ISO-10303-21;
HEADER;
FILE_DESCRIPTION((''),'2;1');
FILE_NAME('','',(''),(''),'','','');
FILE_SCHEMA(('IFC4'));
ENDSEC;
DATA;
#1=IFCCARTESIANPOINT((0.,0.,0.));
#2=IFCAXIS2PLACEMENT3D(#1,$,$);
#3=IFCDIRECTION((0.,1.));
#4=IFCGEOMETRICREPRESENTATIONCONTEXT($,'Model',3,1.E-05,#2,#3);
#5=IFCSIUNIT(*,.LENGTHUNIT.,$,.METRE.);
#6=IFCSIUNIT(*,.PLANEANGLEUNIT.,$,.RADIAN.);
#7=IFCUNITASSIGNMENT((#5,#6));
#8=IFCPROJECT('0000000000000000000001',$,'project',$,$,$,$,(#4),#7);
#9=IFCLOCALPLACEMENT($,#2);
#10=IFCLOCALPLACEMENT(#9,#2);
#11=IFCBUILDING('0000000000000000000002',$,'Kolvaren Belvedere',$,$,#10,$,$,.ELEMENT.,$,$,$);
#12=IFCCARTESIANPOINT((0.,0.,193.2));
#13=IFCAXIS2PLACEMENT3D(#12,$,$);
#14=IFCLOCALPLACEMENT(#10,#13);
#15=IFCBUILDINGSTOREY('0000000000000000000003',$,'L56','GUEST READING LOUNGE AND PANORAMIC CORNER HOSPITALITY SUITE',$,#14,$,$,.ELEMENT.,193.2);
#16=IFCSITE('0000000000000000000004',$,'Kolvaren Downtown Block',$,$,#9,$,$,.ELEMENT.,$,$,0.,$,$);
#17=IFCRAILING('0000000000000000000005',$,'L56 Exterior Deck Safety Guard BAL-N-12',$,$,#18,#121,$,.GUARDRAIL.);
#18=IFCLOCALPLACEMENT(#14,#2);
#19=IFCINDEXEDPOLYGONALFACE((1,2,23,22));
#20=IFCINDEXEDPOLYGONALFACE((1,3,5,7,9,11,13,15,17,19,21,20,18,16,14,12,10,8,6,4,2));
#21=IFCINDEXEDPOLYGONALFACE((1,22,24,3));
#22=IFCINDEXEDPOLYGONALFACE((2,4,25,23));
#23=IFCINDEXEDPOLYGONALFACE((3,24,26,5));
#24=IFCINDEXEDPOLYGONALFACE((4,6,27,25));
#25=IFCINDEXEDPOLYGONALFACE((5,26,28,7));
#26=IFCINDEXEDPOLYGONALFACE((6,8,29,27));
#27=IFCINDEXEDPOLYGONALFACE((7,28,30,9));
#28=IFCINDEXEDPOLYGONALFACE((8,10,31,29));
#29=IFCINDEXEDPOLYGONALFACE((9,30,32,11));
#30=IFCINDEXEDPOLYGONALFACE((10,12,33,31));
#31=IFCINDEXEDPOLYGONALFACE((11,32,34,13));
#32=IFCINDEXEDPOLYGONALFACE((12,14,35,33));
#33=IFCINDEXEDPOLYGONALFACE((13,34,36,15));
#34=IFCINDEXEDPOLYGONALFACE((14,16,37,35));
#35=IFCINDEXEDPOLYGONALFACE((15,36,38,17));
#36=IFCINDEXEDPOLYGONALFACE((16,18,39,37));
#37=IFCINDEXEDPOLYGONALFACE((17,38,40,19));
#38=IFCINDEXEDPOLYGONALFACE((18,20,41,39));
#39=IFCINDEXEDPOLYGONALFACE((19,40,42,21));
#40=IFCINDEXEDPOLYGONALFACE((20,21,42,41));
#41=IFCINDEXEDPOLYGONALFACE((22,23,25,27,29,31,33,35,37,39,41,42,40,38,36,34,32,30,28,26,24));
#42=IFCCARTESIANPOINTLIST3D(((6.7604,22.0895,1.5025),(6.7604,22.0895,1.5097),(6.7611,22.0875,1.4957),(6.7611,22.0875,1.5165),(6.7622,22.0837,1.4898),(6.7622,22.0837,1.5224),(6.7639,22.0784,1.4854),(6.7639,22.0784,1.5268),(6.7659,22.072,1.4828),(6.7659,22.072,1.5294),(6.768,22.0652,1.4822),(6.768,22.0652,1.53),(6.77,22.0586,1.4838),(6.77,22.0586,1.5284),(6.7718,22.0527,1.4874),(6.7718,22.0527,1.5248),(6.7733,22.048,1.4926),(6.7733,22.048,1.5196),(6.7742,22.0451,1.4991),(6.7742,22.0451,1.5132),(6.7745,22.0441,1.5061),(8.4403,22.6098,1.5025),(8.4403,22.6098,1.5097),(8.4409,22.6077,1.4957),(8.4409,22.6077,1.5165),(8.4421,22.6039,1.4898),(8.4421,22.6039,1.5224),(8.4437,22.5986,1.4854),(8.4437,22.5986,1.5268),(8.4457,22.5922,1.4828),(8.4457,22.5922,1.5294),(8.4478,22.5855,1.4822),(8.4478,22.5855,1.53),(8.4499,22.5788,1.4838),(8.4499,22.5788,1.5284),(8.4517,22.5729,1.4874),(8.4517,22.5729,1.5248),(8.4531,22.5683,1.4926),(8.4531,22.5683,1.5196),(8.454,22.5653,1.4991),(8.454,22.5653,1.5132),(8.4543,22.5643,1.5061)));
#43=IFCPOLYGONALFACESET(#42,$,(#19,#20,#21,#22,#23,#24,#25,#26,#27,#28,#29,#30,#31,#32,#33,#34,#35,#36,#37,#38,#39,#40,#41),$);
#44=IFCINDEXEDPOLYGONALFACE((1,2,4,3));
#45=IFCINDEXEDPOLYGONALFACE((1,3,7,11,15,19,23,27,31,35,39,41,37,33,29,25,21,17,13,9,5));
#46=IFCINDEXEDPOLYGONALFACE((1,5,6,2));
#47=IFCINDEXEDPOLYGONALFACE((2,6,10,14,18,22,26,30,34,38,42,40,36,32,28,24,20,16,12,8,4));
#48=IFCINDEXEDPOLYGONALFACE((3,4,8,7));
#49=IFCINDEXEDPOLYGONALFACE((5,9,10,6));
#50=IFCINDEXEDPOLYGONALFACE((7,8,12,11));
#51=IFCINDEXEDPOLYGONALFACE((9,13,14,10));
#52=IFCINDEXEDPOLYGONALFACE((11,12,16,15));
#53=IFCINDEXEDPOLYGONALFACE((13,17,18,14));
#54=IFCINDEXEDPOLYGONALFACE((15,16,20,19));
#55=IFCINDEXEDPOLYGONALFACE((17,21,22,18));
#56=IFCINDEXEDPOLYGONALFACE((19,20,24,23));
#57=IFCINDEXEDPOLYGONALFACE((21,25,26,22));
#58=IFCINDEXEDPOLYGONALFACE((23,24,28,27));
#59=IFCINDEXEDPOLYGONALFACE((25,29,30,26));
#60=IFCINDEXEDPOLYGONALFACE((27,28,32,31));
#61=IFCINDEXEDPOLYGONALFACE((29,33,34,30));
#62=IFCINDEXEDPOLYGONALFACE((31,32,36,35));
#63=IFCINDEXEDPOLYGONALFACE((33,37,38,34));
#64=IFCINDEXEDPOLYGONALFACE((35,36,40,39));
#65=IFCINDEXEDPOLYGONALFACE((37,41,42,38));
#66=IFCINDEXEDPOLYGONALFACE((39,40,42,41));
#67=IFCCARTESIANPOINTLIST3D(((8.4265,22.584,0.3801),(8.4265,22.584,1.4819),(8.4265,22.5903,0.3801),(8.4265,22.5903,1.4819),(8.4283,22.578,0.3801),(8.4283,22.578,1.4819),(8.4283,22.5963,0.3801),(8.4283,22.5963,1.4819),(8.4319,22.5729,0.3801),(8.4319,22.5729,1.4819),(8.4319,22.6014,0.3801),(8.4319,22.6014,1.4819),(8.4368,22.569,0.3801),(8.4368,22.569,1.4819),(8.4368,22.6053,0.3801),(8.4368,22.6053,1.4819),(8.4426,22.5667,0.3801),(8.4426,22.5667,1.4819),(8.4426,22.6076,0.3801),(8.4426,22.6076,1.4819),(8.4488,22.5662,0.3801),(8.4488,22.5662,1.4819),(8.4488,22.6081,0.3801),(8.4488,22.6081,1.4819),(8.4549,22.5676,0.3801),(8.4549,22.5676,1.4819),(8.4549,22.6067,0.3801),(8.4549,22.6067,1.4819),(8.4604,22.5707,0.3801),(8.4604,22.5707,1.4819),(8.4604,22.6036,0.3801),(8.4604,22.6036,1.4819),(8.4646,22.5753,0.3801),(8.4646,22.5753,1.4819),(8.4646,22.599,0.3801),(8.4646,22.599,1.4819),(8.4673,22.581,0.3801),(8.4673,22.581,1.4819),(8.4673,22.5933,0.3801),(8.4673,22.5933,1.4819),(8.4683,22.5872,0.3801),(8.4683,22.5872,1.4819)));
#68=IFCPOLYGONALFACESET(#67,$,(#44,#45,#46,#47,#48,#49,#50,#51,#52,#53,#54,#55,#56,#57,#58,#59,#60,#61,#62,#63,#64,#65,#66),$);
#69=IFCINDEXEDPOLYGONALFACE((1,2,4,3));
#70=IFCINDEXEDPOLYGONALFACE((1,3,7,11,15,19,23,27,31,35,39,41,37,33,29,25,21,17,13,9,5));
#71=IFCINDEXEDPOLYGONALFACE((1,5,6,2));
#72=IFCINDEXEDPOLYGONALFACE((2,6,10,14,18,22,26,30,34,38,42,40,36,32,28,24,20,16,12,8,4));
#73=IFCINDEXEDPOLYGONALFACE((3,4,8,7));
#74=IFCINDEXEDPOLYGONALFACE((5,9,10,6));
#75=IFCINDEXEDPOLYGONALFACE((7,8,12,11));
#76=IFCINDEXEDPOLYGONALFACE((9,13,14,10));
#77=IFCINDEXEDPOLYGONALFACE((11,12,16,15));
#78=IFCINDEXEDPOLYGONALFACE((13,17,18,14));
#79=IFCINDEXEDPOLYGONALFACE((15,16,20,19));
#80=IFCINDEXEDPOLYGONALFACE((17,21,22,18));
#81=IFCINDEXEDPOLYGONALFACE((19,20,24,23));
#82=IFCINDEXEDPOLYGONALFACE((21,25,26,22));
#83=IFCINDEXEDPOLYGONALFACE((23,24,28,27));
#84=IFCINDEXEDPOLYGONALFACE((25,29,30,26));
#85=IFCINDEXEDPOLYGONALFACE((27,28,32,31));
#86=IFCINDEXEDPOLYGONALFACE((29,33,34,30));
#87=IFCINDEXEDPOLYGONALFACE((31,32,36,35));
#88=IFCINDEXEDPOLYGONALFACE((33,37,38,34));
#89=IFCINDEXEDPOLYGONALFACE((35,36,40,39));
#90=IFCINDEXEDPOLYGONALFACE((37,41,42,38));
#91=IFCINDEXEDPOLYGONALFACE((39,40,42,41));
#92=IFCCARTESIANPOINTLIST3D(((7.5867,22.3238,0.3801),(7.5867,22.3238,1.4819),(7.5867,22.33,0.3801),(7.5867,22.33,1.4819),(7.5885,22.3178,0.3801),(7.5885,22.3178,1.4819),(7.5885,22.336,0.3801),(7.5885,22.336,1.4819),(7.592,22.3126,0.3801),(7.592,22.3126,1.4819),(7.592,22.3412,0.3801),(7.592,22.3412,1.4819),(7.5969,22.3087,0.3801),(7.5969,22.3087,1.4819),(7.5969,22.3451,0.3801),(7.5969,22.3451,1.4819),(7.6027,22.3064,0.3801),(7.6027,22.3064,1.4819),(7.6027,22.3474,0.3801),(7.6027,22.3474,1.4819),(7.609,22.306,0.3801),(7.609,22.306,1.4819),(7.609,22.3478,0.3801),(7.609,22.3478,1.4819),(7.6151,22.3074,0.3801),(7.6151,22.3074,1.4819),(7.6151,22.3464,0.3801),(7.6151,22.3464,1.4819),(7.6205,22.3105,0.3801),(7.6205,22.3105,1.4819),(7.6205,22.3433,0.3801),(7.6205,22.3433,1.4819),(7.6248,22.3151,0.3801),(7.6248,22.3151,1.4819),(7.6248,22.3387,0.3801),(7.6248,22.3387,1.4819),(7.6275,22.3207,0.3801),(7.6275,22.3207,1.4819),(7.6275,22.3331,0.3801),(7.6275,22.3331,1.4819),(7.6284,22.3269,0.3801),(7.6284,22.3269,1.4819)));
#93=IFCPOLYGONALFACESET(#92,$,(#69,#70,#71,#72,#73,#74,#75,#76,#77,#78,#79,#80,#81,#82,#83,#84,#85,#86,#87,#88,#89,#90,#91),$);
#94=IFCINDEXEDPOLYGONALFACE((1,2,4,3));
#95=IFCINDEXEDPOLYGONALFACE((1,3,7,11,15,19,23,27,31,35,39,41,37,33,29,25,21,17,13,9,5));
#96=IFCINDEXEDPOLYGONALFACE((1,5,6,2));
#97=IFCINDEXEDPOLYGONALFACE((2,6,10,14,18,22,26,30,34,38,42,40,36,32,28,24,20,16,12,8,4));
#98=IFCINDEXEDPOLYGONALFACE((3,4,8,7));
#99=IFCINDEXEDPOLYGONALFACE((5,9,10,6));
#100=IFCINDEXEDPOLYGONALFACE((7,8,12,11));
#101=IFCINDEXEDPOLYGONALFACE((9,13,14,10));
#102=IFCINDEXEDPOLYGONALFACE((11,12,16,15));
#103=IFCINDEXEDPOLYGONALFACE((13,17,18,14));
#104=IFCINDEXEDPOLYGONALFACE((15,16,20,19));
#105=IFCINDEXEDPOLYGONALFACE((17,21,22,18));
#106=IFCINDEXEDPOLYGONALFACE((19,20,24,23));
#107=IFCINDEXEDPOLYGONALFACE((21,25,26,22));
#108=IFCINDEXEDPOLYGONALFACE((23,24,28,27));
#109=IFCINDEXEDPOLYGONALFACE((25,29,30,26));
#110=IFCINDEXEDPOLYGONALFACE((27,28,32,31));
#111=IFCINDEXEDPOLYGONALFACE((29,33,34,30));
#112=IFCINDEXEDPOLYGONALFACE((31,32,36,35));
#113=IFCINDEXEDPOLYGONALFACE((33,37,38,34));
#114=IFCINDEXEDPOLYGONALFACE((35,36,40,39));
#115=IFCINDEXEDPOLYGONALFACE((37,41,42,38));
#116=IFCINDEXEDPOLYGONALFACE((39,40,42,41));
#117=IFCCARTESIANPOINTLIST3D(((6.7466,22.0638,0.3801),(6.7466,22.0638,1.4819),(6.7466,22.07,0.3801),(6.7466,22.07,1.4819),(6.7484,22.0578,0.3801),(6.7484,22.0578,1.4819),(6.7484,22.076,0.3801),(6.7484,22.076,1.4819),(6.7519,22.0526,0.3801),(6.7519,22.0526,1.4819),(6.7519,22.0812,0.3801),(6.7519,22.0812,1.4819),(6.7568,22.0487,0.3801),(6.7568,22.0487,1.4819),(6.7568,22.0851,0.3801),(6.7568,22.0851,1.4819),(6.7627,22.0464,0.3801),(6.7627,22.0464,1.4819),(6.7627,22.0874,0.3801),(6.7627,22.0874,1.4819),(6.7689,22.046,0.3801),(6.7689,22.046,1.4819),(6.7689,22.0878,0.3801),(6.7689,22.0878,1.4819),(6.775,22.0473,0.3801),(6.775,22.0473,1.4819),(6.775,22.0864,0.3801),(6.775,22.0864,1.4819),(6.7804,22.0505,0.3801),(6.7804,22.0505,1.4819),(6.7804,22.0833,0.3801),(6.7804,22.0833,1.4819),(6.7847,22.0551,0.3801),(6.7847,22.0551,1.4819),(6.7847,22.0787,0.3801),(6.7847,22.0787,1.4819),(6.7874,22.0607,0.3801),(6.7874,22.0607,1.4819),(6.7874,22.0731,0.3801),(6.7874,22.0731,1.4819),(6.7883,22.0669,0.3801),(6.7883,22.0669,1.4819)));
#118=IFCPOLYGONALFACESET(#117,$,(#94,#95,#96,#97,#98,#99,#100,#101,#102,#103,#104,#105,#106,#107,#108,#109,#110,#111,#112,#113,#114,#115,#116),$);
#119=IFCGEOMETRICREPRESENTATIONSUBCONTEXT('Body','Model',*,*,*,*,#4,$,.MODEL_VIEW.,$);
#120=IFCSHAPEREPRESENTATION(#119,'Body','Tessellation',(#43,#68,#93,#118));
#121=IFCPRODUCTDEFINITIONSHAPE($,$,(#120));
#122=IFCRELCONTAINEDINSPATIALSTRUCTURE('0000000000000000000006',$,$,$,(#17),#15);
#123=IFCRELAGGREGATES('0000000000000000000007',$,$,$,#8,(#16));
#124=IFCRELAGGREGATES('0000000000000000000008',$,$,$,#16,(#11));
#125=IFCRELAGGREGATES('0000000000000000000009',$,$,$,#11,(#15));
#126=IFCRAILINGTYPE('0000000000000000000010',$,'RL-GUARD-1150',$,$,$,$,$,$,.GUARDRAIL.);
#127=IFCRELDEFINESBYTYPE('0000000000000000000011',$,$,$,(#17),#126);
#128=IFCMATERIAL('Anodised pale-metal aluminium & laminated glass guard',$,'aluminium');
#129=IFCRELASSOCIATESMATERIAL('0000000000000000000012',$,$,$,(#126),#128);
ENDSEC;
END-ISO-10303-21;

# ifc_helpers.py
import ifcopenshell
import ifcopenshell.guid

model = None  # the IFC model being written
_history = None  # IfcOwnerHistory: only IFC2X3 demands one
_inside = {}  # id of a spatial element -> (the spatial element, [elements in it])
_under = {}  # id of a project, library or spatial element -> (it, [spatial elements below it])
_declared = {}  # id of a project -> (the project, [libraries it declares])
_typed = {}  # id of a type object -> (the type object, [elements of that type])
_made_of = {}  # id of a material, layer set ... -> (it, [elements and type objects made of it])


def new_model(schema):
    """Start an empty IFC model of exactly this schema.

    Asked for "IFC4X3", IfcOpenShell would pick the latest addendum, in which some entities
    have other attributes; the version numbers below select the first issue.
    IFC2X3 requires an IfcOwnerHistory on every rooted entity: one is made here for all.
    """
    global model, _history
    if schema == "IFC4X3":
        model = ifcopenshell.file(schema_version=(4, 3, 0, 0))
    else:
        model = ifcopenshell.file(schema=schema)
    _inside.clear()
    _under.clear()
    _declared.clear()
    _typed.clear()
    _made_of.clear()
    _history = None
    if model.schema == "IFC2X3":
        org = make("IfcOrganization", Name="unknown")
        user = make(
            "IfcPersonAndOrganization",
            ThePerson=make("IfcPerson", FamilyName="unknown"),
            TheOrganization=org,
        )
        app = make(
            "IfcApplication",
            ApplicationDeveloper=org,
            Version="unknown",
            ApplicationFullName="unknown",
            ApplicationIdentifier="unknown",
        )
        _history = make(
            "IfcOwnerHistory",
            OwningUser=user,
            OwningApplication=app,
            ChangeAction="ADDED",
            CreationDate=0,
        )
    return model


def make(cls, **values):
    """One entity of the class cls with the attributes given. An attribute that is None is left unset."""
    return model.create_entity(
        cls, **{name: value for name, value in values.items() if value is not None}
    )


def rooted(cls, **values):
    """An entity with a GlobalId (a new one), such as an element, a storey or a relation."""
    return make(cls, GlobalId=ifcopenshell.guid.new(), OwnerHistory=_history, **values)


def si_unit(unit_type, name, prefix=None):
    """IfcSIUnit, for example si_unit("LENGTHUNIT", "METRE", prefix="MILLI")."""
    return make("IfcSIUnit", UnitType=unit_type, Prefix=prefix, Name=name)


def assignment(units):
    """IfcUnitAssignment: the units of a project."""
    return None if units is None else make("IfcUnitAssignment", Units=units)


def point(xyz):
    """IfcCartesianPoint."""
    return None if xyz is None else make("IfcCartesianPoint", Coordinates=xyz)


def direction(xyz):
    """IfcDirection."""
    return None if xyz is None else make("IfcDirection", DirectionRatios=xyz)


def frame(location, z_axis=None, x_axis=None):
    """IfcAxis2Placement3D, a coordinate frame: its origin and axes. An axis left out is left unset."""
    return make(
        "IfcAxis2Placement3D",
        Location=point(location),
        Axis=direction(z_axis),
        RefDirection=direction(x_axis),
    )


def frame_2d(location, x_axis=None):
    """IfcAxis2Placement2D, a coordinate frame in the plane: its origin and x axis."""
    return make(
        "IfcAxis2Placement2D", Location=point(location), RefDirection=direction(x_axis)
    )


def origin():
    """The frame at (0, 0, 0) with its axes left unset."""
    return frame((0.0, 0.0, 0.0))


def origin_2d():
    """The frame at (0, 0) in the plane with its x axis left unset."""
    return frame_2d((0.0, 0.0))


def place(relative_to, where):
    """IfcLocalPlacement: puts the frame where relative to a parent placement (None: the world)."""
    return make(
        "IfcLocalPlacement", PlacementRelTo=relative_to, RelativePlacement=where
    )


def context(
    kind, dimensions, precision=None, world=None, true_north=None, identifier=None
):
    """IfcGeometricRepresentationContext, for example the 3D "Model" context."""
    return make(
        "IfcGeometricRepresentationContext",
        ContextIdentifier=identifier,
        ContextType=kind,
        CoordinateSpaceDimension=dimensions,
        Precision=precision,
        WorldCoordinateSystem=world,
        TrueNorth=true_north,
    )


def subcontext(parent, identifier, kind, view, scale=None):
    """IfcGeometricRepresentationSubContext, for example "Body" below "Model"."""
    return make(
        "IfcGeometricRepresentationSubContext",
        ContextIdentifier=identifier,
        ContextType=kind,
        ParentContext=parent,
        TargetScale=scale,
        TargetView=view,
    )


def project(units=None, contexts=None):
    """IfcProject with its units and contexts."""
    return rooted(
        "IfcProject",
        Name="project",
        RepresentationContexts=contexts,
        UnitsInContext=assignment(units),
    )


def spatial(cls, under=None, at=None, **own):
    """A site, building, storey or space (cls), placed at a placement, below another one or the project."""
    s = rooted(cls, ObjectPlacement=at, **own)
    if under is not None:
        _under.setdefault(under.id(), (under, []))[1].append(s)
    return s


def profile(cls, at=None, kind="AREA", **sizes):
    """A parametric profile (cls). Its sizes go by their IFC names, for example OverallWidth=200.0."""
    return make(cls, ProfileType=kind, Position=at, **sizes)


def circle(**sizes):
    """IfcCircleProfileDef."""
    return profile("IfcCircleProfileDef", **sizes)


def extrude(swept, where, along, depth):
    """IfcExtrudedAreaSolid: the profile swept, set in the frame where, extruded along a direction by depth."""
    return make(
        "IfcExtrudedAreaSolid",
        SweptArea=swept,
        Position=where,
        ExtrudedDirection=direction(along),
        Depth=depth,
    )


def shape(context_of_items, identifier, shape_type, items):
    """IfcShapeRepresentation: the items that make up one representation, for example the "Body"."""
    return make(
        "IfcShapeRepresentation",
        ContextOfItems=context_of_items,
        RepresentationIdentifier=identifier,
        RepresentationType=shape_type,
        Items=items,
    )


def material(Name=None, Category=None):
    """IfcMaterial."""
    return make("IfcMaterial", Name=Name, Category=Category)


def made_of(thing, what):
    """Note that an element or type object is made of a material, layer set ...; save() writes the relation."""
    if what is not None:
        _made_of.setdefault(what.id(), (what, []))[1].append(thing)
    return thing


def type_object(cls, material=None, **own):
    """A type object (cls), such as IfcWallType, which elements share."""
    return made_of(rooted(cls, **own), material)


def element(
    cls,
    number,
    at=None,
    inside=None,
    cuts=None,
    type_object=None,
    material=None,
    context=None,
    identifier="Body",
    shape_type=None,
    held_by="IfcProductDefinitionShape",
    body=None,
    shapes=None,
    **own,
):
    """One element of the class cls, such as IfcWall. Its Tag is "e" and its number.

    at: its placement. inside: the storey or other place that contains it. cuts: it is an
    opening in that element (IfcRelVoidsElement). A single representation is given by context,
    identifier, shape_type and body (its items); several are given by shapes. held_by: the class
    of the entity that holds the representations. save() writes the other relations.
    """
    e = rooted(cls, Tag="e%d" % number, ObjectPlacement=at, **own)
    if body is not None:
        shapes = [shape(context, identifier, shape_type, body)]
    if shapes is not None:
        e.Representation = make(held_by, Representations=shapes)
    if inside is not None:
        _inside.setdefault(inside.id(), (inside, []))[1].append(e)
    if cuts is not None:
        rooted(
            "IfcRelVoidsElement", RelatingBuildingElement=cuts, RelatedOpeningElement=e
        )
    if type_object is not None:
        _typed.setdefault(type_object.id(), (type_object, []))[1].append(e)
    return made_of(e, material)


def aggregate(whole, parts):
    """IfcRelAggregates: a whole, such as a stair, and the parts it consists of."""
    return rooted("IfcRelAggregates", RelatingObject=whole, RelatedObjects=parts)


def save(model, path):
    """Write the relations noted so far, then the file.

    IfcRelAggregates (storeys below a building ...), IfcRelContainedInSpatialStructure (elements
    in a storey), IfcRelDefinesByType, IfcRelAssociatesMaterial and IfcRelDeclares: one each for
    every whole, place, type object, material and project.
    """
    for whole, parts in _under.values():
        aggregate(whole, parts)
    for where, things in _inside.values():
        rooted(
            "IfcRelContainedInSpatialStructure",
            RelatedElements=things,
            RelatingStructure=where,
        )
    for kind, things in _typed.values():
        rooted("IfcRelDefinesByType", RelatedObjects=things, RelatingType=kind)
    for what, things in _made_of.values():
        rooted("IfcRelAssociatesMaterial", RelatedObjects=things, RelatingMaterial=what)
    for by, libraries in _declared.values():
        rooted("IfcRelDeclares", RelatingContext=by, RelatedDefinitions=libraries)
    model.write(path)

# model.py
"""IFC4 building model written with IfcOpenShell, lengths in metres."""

from ifc_helpers import new_model, si_unit, direction, frame, origin, origin_2d, place, context, subcontext, project, spatial, circle, extrude, material, type_object, element, save


model = new_model("IFC4")

# Units and contexts
model_context = context("Model", 3, precision=1e-05, world=origin(), true_north=direction((0.0, 1.0)))
body_context = subcontext(model_context, "Body", "Model", "MODEL_VIEW")
ifc_project = project(units=[si_unit("LENGTHUNIT", "METRE"), si_unit("PLANEANGLEUNIT", "RADIAN")], contexts=[model_context])

# Site, building, storey
site_placement = place(None, origin())
site = spatial("IfcSite", under=ifc_project, at=site_placement, Name="Kolvaren Downtown Block", CompositionType="ELEMENT", RefElevation=0.0)
building_placement = place(site_placement, origin())
building = spatial("IfcBuilding", under=site, at=building_placement, Name="Kolvaren Belvedere", CompositionType="ELEMENT")
storey_placement = place(building_placement, frame((0.0, 0.0, 193.2)))
storey = spatial("IfcBuildingStorey", under=building, at=storey_placement, Name="L56", Description="GUEST READING LOUNGE AND PANORAMIC CORNER HOSPITALITY SUITE", CompositionType="ELEMENT", Elevation=193.2)

# Railing
ifc_material_1 = material(Name="Anodised pale-metal aluminium & laminated glass guard", Category="aluminium")
railing_type = type_object("IfcRailingType", Name="RL-GUARD-1150", PredefinedType="GUARDRAIL", material=ifc_material_1)
railing_1_placement = place(storey_placement, frame((8.4473, 22.5872, 0.3801)))
element("IfcRailing", 1, at=railing_1_placement, inside=storey, type_object=railing_type, Name="L56 Exterior Deck Safety Guard BAL-N-12", PredefinedType="GUARDRAIL", context=body_context, shape_type="SweptSolid", body=[
    extrude(circle(Radius=0.0239, at=origin_2d()), frame((0.0, 0.0, 1.126), z_axis=(-0.95524, -0.295832, 0.0), x_axis=(0.295832, -0.95524, 0.0)), (0.0, 0.0, 1.0), 1.7585),
    extrude(circle(Radius=0.021, at=origin_2d()), origin(), (0.0, 0.0, 1.0), 1.1018),
    extrude(circle(Radius=0.021, at=origin_2d()), frame((-0.8398, -0.2603, 0.0)), (0.0, 0.0, 1.0), 1.1018),
    extrude(circle(Radius=0.021, at=origin_2d()), frame((-1.6799, -0.5203, 0.0)), (0.0, 0.0, 1.0), 1.1018),
])

save(model, "model.ifc")
